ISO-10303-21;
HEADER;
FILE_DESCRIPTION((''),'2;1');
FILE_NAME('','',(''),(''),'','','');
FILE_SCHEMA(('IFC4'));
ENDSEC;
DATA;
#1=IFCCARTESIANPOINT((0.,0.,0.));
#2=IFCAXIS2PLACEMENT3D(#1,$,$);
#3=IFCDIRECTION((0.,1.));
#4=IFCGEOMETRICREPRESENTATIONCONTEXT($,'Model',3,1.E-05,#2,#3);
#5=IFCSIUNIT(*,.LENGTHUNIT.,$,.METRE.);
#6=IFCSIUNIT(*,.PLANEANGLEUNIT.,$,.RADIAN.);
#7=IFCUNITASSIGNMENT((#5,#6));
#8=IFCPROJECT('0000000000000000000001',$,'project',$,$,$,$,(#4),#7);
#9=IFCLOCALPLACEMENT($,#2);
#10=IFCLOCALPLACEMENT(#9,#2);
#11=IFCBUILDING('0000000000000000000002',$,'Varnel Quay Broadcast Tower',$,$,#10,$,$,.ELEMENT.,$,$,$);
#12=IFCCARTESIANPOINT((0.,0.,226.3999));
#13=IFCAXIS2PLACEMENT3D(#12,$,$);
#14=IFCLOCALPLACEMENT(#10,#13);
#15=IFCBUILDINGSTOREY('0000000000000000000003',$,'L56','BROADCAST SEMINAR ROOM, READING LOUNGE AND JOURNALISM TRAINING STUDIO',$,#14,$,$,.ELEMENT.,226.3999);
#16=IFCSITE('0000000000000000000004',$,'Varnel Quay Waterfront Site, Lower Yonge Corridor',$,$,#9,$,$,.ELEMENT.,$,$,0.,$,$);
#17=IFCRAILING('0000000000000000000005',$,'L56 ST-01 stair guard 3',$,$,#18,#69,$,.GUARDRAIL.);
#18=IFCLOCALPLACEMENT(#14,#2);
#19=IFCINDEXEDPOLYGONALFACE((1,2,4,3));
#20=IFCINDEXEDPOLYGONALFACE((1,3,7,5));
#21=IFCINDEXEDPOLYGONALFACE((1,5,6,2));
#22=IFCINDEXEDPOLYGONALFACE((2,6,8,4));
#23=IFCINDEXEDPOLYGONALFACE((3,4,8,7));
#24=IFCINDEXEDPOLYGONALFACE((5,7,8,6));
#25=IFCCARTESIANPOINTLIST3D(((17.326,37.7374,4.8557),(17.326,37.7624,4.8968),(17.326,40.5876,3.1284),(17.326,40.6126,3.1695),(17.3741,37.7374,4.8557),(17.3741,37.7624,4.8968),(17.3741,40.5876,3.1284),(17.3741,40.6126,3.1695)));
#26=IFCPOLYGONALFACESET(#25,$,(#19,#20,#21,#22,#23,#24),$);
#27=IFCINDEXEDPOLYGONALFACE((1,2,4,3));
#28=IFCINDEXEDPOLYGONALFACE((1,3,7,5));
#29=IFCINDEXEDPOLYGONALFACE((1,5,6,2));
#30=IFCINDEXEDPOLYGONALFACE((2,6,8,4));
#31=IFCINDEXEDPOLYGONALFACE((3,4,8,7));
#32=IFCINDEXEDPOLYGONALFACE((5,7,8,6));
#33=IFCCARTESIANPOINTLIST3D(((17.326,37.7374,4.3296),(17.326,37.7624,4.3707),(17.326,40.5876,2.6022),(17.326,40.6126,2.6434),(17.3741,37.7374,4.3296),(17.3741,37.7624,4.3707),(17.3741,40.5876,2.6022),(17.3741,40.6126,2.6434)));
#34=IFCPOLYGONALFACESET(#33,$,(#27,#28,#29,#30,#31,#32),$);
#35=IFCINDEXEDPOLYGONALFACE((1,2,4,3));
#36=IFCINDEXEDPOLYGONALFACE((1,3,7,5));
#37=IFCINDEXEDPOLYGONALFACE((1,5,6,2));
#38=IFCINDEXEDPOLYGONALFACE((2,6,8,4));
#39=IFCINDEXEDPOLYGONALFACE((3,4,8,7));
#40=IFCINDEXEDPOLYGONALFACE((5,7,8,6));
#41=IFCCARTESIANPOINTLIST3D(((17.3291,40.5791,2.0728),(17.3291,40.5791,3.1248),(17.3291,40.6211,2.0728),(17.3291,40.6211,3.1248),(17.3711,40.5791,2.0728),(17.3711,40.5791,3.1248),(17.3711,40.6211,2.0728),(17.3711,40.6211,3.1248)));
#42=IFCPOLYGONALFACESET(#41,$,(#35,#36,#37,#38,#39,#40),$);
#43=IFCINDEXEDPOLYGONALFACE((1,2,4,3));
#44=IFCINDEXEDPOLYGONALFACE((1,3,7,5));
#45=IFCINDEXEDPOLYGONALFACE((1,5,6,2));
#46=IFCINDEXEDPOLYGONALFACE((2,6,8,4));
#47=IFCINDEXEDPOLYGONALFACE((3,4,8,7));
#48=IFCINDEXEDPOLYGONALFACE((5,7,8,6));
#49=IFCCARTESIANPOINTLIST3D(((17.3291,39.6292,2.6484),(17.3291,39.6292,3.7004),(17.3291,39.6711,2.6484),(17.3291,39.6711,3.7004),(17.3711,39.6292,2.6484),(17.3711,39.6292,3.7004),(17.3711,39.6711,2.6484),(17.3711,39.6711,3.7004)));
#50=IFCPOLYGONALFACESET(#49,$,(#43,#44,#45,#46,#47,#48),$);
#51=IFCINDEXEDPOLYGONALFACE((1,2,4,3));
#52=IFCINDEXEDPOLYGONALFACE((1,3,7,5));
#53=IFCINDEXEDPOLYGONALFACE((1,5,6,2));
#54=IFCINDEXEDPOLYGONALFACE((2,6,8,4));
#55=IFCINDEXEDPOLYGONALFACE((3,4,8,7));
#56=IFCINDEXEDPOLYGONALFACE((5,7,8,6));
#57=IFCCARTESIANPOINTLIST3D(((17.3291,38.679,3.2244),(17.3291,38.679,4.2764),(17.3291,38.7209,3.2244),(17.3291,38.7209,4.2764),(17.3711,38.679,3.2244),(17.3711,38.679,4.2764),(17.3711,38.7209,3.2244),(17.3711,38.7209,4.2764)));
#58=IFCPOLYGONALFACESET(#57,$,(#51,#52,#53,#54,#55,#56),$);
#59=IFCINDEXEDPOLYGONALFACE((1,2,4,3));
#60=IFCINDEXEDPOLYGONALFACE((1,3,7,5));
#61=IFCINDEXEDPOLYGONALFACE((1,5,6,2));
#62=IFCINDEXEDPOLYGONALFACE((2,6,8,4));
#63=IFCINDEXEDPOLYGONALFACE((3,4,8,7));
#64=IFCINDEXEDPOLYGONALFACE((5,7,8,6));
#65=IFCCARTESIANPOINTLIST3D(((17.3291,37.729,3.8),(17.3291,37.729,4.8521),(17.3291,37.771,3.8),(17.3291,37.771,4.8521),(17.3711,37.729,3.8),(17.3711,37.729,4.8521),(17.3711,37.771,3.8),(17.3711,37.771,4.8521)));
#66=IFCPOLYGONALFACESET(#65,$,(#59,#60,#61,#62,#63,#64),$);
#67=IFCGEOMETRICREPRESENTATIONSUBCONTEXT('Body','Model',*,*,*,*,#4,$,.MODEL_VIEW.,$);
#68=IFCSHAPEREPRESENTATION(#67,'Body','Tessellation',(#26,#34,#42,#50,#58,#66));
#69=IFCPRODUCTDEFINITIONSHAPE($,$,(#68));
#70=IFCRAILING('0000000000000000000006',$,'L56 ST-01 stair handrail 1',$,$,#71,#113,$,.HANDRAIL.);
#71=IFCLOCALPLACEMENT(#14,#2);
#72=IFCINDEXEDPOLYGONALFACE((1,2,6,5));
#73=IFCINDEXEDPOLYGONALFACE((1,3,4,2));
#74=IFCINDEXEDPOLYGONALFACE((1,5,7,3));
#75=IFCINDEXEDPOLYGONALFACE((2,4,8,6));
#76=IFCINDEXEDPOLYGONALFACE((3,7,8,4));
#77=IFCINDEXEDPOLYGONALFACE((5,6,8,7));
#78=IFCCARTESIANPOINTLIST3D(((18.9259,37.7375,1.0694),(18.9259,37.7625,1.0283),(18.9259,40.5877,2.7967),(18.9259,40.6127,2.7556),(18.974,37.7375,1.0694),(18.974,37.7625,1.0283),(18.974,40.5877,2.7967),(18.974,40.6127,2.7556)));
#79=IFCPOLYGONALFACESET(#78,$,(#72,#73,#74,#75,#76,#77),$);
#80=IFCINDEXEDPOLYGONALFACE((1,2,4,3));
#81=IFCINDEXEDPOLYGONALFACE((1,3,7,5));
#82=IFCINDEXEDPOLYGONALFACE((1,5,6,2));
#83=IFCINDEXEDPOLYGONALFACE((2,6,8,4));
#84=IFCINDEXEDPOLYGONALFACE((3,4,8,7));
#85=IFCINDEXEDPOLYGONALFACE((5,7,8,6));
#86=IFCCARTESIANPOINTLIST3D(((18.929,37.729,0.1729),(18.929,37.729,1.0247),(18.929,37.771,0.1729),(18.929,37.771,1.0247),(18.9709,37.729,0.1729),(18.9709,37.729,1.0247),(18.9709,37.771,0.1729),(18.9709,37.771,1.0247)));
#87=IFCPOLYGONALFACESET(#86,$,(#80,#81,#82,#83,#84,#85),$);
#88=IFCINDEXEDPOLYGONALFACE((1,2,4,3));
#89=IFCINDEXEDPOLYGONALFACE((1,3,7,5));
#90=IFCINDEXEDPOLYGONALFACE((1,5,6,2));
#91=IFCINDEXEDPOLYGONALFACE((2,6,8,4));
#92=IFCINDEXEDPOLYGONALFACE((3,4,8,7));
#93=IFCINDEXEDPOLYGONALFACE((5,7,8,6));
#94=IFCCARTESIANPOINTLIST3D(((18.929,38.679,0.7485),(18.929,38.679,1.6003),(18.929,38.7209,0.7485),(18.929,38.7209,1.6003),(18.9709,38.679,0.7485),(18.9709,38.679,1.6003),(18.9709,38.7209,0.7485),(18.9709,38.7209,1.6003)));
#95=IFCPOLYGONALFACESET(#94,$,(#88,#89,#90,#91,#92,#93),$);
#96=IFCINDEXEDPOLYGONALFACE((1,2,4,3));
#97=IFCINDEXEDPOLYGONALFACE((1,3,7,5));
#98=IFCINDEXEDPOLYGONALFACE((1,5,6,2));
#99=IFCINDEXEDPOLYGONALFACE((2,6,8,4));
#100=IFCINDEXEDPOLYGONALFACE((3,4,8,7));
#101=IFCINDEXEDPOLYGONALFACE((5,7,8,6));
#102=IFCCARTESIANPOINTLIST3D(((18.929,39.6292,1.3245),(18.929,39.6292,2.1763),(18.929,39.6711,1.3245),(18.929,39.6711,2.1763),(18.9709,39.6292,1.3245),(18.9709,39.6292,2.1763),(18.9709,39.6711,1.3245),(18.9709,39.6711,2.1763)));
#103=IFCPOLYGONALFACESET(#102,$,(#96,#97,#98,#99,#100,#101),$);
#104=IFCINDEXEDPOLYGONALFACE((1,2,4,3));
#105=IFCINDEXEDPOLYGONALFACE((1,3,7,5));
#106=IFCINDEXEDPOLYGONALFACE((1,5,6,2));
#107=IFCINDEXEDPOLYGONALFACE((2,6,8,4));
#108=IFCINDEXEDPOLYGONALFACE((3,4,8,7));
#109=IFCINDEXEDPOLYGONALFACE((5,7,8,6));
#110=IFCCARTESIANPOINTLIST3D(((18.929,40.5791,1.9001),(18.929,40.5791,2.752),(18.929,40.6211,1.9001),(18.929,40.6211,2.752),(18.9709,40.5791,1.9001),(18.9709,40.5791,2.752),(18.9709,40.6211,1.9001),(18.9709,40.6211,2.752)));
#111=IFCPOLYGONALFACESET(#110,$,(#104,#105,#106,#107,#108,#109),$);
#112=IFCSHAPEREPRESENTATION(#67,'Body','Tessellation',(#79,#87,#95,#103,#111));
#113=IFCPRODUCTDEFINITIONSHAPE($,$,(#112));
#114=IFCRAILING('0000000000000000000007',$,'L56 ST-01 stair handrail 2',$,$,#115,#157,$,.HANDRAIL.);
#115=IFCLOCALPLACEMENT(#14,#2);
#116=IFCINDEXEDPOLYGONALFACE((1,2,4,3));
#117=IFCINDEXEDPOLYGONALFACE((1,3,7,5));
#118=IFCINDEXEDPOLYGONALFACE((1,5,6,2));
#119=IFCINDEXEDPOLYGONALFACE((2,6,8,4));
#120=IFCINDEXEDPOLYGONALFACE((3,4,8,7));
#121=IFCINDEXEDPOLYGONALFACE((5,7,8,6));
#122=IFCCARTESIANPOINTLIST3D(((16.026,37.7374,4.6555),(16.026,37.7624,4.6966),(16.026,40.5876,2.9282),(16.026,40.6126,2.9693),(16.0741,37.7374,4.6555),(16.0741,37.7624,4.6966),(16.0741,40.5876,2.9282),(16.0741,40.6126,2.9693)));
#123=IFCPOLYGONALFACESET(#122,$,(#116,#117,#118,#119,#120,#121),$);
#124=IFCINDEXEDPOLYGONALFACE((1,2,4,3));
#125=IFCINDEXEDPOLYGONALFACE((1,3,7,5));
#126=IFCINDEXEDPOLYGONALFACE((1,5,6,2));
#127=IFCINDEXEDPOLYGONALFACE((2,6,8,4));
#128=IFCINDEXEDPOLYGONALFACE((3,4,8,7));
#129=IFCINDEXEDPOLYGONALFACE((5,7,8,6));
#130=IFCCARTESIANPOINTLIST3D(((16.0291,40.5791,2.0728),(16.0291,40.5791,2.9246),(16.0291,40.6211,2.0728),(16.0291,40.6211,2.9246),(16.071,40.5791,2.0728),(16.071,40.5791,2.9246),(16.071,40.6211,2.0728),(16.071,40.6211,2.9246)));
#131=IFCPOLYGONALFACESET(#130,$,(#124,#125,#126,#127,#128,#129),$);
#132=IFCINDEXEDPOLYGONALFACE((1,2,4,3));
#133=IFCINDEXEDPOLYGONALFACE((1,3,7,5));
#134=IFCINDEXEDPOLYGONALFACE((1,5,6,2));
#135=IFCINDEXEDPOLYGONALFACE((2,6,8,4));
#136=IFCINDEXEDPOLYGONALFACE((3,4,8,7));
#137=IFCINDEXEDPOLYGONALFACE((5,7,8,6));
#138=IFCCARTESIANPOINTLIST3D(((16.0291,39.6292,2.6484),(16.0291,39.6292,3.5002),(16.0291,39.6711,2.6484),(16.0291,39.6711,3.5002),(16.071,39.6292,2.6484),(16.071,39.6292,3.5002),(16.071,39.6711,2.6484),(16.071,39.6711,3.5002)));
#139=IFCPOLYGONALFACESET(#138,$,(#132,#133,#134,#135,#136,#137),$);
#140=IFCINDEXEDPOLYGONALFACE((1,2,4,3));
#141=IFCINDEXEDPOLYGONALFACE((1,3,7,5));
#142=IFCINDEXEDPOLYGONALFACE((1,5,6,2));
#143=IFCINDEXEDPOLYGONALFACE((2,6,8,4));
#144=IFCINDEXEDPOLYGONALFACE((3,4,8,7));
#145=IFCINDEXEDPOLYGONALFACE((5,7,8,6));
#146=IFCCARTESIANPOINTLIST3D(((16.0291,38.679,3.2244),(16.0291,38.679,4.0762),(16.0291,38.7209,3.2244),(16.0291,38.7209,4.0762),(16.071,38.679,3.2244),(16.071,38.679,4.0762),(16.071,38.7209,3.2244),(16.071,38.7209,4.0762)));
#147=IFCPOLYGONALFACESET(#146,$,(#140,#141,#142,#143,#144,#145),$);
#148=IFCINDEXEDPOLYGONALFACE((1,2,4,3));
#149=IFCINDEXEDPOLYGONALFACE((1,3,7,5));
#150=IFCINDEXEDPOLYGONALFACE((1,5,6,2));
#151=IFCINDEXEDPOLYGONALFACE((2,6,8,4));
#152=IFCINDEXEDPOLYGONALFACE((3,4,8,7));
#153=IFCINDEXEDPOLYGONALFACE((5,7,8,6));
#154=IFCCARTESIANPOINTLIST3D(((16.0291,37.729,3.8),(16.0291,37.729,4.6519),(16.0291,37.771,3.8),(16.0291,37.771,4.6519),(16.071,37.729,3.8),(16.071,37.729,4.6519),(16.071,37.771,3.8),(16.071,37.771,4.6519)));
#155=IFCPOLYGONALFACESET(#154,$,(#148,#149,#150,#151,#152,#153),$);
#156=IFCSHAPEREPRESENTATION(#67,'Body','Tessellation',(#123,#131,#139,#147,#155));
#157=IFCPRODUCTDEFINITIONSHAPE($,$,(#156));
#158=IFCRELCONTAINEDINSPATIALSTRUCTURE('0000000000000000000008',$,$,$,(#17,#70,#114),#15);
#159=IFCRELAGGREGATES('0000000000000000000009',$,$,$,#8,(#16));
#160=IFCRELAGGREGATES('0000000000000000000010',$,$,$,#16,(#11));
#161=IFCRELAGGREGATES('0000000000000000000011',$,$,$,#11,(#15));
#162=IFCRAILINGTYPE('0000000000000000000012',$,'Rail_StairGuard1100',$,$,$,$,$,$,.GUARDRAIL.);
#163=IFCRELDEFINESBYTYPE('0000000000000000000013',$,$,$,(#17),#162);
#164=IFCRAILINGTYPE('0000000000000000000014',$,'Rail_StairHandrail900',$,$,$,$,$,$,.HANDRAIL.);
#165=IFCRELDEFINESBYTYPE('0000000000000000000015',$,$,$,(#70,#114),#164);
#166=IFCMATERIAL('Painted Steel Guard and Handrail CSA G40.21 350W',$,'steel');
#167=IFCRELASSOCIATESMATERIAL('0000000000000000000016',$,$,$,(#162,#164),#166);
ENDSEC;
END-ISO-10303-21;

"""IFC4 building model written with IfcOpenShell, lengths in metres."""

from ifc_helpers import new_model, si_unit, direction, frame, origin, origin_2d, place, context, subcontext, project, spatial, rectangle, extrude, material, type_object, element, save


model = new_model("IFC4")

# Units and contexts
model_context = context("Model", 3, precision=1e-05, world=origin(), true_north=direction((0.0, 1.0)))
body_context = subcontext(model_context, "Body", "Model", "MODEL_VIEW")
ifc_project = project(units=[si_unit("LENGTHUNIT", "METRE"), si_unit("PLANEANGLEUNIT", "RADIAN")], contexts=[model_context])

# Site, building, storey
site_placement = place(None, origin())
site = spatial("IfcSite", under=ifc_project, at=site_placement, Name="Varnel Quay Waterfront Site, Lower Yonge Corridor", CompositionType="ELEMENT", RefElevation=0.0)
building_placement = place(site_placement, origin())
building = spatial("IfcBuilding", under=site, at=building_placement, Name="Varnel Quay Broadcast Tower", CompositionType="ELEMENT")
storey_placement = place(building_placement, frame((0.0, 0.0, 226.3999)))
storey = spatial("IfcBuildingStorey", under=building, at=storey_placement, Name="L56", Description="BROADCAST SEMINAR ROOM, READING LOUNGE AND JOURNALISM TRAINING STUDIO", CompositionType="ELEMENT", Elevation=226.3999)

# Railings
ifc_material_1 = material(Name="Painted Steel Guard and Handrail CSA G40.21 350W", Category="steel")
railing_type_1 = type_object("IfcRailingType", Name="Rail_StairGuard1100", PredefinedType="GUARDRAIL", material=ifc_material_1)
railing_1_placement = place(storey_placement, frame((17.3501, 40.6001, 2.0728)))
element("IfcRailing", 1, at=railing_1_placement, inside=storey, type_object=railing_type_1, Name="L56 ST-01 stair guard 3", PredefinedType="GUARDRAIL", context=body_context, shape_type="SweptSolid", body=[
    extrude(rectangle(XDim=0.0481, YDim=0.0481, at=origin_2d()), frame((0.0, 0.0, 1.0762), z_axis=(0.0, -0.855203, 0.518294), x_axis=(1.0, 0.0, 0.0)), (0.0, 0.0, 1.0), 3.3328),
    extrude(rectangle(XDim=0.0481, YDim=0.0481, at=origin_2d()), frame((0.0, 0.0, 0.55), z_axis=(0.0, -0.855203, 0.518294), x_axis=(1.0, 0.0, 0.0)), (0.0, 0.0, 1.0), 3.3328),
    extrude(rectangle(XDim=0.042, YDim=0.042, at=origin_2d()), origin(), (0.0, 0.0, 1.0), 1.052),
    extrude(rectangle(XDim=0.042, YDim=0.042, at=origin_2d()), frame((0.0, -0.95, 0.5757)), (0.0, 0.0, 1.0), 1.052),
    extrude(rectangle(XDim=0.042, YDim=0.042, at=origin_2d()), frame((0.0, -1.9001, 1.1516)), (0.0, 0.0, 1.0), 1.052),
    extrude(rectangle(XDim=0.042, YDim=0.042, at=origin_2d()), frame((0.0, -2.8501, 1.7273)), (0.0, 0.0, 1.0), 1.052),
])
railing_type_2 = type_object("IfcRailingType", Name="Rail_StairHandrail900", PredefinedType="HANDRAIL", material=ifc_material_1)
railing_2_placement = place(storey_placement, frame((18.95, 37.75, 0.1729)))
element("IfcRailing", 2, at=railing_2_placement, inside=storey, type_object=railing_type_2, Name="L56 ST-01 stair handrail 1", PredefinedType="HANDRAIL", context=body_context, shape_type="SweptSolid", body=[
    extrude(rectangle(XDim=0.0481, YDim=0.0481, at=origin_2d()), frame((0.0, 0.0, 0.876), z_axis=(0.0, 0.855203, 0.518294), x_axis=(-1.0, 0.0, 0.0)), (0.0, 0.0, 1.0), 3.3328),
    extrude(rectangle(XDim=0.042, YDim=0.042, at=origin_2d()), origin(), (0.0, 0.0, 1.0), 0.8518),
    extrude(rectangle(XDim=0.042, YDim=0.042, at=origin_2d()), frame((0.0, 0.95, 0.5757)), (0.0, 0.0, 1.0), 0.8518),
    extrude(rectangle(XDim=0.042, YDim=0.042, at=origin_2d()), frame((0.0, 1.9001, 1.1516)), (0.0, 0.0, 1.0), 0.8518),
    extrude(rectangle(XDim=0.042, YDim=0.042, at=origin_2d()), frame((0.0, 2.8501, 1.7273)), (0.0, 0.0, 1.0), 0.8518),
])
railing_3_placement = place(storey_placement, frame((16.05, 40.6001, 2.0728)))
element("IfcRailing", 3, at=railing_3_placement, inside=storey, type_object=railing_type_2, Name="L56 ST-01 stair handrail 2", PredefinedType="HANDRAIL", context=body_context, shape_type="SweptSolid", body=[
    extrude(rectangle(XDim=0.0481, YDim=0.0481, at=origin_2d()), frame((0.0, 0.0, 0.876), z_axis=(0.0, -0.855203, 0.518294), x_axis=(1.0, 0.0, 0.0)), (0.0, 0.0, 1.0), 3.3328),
    extrude(rectangle(XDim=0.042, YDim=0.042, at=origin_2d()), origin(), (0.0, 0.0, 1.0), 0.8518),
    extrude(rectangle(XDim=0.042, YDim=0.042, at=origin_2d()), frame((0.0, -0.95, 0.5757)), (0.0, 0.0, 1.0), 0.8518),
    extrude(rectangle(XDim=0.042, YDim=0.042, at=origin_2d()), frame((0.0, -1.9001, 1.1516)), (0.0, 0.0, 1.0), 0.8518),
    extrude(rectangle(XDim=0.042, YDim=0.042, at=origin_2d()), frame((0.0, -2.8501, 1.7273)), (0.0, 0.0, 1.0), 0.8518),
])

save(model, "model.ifc")
